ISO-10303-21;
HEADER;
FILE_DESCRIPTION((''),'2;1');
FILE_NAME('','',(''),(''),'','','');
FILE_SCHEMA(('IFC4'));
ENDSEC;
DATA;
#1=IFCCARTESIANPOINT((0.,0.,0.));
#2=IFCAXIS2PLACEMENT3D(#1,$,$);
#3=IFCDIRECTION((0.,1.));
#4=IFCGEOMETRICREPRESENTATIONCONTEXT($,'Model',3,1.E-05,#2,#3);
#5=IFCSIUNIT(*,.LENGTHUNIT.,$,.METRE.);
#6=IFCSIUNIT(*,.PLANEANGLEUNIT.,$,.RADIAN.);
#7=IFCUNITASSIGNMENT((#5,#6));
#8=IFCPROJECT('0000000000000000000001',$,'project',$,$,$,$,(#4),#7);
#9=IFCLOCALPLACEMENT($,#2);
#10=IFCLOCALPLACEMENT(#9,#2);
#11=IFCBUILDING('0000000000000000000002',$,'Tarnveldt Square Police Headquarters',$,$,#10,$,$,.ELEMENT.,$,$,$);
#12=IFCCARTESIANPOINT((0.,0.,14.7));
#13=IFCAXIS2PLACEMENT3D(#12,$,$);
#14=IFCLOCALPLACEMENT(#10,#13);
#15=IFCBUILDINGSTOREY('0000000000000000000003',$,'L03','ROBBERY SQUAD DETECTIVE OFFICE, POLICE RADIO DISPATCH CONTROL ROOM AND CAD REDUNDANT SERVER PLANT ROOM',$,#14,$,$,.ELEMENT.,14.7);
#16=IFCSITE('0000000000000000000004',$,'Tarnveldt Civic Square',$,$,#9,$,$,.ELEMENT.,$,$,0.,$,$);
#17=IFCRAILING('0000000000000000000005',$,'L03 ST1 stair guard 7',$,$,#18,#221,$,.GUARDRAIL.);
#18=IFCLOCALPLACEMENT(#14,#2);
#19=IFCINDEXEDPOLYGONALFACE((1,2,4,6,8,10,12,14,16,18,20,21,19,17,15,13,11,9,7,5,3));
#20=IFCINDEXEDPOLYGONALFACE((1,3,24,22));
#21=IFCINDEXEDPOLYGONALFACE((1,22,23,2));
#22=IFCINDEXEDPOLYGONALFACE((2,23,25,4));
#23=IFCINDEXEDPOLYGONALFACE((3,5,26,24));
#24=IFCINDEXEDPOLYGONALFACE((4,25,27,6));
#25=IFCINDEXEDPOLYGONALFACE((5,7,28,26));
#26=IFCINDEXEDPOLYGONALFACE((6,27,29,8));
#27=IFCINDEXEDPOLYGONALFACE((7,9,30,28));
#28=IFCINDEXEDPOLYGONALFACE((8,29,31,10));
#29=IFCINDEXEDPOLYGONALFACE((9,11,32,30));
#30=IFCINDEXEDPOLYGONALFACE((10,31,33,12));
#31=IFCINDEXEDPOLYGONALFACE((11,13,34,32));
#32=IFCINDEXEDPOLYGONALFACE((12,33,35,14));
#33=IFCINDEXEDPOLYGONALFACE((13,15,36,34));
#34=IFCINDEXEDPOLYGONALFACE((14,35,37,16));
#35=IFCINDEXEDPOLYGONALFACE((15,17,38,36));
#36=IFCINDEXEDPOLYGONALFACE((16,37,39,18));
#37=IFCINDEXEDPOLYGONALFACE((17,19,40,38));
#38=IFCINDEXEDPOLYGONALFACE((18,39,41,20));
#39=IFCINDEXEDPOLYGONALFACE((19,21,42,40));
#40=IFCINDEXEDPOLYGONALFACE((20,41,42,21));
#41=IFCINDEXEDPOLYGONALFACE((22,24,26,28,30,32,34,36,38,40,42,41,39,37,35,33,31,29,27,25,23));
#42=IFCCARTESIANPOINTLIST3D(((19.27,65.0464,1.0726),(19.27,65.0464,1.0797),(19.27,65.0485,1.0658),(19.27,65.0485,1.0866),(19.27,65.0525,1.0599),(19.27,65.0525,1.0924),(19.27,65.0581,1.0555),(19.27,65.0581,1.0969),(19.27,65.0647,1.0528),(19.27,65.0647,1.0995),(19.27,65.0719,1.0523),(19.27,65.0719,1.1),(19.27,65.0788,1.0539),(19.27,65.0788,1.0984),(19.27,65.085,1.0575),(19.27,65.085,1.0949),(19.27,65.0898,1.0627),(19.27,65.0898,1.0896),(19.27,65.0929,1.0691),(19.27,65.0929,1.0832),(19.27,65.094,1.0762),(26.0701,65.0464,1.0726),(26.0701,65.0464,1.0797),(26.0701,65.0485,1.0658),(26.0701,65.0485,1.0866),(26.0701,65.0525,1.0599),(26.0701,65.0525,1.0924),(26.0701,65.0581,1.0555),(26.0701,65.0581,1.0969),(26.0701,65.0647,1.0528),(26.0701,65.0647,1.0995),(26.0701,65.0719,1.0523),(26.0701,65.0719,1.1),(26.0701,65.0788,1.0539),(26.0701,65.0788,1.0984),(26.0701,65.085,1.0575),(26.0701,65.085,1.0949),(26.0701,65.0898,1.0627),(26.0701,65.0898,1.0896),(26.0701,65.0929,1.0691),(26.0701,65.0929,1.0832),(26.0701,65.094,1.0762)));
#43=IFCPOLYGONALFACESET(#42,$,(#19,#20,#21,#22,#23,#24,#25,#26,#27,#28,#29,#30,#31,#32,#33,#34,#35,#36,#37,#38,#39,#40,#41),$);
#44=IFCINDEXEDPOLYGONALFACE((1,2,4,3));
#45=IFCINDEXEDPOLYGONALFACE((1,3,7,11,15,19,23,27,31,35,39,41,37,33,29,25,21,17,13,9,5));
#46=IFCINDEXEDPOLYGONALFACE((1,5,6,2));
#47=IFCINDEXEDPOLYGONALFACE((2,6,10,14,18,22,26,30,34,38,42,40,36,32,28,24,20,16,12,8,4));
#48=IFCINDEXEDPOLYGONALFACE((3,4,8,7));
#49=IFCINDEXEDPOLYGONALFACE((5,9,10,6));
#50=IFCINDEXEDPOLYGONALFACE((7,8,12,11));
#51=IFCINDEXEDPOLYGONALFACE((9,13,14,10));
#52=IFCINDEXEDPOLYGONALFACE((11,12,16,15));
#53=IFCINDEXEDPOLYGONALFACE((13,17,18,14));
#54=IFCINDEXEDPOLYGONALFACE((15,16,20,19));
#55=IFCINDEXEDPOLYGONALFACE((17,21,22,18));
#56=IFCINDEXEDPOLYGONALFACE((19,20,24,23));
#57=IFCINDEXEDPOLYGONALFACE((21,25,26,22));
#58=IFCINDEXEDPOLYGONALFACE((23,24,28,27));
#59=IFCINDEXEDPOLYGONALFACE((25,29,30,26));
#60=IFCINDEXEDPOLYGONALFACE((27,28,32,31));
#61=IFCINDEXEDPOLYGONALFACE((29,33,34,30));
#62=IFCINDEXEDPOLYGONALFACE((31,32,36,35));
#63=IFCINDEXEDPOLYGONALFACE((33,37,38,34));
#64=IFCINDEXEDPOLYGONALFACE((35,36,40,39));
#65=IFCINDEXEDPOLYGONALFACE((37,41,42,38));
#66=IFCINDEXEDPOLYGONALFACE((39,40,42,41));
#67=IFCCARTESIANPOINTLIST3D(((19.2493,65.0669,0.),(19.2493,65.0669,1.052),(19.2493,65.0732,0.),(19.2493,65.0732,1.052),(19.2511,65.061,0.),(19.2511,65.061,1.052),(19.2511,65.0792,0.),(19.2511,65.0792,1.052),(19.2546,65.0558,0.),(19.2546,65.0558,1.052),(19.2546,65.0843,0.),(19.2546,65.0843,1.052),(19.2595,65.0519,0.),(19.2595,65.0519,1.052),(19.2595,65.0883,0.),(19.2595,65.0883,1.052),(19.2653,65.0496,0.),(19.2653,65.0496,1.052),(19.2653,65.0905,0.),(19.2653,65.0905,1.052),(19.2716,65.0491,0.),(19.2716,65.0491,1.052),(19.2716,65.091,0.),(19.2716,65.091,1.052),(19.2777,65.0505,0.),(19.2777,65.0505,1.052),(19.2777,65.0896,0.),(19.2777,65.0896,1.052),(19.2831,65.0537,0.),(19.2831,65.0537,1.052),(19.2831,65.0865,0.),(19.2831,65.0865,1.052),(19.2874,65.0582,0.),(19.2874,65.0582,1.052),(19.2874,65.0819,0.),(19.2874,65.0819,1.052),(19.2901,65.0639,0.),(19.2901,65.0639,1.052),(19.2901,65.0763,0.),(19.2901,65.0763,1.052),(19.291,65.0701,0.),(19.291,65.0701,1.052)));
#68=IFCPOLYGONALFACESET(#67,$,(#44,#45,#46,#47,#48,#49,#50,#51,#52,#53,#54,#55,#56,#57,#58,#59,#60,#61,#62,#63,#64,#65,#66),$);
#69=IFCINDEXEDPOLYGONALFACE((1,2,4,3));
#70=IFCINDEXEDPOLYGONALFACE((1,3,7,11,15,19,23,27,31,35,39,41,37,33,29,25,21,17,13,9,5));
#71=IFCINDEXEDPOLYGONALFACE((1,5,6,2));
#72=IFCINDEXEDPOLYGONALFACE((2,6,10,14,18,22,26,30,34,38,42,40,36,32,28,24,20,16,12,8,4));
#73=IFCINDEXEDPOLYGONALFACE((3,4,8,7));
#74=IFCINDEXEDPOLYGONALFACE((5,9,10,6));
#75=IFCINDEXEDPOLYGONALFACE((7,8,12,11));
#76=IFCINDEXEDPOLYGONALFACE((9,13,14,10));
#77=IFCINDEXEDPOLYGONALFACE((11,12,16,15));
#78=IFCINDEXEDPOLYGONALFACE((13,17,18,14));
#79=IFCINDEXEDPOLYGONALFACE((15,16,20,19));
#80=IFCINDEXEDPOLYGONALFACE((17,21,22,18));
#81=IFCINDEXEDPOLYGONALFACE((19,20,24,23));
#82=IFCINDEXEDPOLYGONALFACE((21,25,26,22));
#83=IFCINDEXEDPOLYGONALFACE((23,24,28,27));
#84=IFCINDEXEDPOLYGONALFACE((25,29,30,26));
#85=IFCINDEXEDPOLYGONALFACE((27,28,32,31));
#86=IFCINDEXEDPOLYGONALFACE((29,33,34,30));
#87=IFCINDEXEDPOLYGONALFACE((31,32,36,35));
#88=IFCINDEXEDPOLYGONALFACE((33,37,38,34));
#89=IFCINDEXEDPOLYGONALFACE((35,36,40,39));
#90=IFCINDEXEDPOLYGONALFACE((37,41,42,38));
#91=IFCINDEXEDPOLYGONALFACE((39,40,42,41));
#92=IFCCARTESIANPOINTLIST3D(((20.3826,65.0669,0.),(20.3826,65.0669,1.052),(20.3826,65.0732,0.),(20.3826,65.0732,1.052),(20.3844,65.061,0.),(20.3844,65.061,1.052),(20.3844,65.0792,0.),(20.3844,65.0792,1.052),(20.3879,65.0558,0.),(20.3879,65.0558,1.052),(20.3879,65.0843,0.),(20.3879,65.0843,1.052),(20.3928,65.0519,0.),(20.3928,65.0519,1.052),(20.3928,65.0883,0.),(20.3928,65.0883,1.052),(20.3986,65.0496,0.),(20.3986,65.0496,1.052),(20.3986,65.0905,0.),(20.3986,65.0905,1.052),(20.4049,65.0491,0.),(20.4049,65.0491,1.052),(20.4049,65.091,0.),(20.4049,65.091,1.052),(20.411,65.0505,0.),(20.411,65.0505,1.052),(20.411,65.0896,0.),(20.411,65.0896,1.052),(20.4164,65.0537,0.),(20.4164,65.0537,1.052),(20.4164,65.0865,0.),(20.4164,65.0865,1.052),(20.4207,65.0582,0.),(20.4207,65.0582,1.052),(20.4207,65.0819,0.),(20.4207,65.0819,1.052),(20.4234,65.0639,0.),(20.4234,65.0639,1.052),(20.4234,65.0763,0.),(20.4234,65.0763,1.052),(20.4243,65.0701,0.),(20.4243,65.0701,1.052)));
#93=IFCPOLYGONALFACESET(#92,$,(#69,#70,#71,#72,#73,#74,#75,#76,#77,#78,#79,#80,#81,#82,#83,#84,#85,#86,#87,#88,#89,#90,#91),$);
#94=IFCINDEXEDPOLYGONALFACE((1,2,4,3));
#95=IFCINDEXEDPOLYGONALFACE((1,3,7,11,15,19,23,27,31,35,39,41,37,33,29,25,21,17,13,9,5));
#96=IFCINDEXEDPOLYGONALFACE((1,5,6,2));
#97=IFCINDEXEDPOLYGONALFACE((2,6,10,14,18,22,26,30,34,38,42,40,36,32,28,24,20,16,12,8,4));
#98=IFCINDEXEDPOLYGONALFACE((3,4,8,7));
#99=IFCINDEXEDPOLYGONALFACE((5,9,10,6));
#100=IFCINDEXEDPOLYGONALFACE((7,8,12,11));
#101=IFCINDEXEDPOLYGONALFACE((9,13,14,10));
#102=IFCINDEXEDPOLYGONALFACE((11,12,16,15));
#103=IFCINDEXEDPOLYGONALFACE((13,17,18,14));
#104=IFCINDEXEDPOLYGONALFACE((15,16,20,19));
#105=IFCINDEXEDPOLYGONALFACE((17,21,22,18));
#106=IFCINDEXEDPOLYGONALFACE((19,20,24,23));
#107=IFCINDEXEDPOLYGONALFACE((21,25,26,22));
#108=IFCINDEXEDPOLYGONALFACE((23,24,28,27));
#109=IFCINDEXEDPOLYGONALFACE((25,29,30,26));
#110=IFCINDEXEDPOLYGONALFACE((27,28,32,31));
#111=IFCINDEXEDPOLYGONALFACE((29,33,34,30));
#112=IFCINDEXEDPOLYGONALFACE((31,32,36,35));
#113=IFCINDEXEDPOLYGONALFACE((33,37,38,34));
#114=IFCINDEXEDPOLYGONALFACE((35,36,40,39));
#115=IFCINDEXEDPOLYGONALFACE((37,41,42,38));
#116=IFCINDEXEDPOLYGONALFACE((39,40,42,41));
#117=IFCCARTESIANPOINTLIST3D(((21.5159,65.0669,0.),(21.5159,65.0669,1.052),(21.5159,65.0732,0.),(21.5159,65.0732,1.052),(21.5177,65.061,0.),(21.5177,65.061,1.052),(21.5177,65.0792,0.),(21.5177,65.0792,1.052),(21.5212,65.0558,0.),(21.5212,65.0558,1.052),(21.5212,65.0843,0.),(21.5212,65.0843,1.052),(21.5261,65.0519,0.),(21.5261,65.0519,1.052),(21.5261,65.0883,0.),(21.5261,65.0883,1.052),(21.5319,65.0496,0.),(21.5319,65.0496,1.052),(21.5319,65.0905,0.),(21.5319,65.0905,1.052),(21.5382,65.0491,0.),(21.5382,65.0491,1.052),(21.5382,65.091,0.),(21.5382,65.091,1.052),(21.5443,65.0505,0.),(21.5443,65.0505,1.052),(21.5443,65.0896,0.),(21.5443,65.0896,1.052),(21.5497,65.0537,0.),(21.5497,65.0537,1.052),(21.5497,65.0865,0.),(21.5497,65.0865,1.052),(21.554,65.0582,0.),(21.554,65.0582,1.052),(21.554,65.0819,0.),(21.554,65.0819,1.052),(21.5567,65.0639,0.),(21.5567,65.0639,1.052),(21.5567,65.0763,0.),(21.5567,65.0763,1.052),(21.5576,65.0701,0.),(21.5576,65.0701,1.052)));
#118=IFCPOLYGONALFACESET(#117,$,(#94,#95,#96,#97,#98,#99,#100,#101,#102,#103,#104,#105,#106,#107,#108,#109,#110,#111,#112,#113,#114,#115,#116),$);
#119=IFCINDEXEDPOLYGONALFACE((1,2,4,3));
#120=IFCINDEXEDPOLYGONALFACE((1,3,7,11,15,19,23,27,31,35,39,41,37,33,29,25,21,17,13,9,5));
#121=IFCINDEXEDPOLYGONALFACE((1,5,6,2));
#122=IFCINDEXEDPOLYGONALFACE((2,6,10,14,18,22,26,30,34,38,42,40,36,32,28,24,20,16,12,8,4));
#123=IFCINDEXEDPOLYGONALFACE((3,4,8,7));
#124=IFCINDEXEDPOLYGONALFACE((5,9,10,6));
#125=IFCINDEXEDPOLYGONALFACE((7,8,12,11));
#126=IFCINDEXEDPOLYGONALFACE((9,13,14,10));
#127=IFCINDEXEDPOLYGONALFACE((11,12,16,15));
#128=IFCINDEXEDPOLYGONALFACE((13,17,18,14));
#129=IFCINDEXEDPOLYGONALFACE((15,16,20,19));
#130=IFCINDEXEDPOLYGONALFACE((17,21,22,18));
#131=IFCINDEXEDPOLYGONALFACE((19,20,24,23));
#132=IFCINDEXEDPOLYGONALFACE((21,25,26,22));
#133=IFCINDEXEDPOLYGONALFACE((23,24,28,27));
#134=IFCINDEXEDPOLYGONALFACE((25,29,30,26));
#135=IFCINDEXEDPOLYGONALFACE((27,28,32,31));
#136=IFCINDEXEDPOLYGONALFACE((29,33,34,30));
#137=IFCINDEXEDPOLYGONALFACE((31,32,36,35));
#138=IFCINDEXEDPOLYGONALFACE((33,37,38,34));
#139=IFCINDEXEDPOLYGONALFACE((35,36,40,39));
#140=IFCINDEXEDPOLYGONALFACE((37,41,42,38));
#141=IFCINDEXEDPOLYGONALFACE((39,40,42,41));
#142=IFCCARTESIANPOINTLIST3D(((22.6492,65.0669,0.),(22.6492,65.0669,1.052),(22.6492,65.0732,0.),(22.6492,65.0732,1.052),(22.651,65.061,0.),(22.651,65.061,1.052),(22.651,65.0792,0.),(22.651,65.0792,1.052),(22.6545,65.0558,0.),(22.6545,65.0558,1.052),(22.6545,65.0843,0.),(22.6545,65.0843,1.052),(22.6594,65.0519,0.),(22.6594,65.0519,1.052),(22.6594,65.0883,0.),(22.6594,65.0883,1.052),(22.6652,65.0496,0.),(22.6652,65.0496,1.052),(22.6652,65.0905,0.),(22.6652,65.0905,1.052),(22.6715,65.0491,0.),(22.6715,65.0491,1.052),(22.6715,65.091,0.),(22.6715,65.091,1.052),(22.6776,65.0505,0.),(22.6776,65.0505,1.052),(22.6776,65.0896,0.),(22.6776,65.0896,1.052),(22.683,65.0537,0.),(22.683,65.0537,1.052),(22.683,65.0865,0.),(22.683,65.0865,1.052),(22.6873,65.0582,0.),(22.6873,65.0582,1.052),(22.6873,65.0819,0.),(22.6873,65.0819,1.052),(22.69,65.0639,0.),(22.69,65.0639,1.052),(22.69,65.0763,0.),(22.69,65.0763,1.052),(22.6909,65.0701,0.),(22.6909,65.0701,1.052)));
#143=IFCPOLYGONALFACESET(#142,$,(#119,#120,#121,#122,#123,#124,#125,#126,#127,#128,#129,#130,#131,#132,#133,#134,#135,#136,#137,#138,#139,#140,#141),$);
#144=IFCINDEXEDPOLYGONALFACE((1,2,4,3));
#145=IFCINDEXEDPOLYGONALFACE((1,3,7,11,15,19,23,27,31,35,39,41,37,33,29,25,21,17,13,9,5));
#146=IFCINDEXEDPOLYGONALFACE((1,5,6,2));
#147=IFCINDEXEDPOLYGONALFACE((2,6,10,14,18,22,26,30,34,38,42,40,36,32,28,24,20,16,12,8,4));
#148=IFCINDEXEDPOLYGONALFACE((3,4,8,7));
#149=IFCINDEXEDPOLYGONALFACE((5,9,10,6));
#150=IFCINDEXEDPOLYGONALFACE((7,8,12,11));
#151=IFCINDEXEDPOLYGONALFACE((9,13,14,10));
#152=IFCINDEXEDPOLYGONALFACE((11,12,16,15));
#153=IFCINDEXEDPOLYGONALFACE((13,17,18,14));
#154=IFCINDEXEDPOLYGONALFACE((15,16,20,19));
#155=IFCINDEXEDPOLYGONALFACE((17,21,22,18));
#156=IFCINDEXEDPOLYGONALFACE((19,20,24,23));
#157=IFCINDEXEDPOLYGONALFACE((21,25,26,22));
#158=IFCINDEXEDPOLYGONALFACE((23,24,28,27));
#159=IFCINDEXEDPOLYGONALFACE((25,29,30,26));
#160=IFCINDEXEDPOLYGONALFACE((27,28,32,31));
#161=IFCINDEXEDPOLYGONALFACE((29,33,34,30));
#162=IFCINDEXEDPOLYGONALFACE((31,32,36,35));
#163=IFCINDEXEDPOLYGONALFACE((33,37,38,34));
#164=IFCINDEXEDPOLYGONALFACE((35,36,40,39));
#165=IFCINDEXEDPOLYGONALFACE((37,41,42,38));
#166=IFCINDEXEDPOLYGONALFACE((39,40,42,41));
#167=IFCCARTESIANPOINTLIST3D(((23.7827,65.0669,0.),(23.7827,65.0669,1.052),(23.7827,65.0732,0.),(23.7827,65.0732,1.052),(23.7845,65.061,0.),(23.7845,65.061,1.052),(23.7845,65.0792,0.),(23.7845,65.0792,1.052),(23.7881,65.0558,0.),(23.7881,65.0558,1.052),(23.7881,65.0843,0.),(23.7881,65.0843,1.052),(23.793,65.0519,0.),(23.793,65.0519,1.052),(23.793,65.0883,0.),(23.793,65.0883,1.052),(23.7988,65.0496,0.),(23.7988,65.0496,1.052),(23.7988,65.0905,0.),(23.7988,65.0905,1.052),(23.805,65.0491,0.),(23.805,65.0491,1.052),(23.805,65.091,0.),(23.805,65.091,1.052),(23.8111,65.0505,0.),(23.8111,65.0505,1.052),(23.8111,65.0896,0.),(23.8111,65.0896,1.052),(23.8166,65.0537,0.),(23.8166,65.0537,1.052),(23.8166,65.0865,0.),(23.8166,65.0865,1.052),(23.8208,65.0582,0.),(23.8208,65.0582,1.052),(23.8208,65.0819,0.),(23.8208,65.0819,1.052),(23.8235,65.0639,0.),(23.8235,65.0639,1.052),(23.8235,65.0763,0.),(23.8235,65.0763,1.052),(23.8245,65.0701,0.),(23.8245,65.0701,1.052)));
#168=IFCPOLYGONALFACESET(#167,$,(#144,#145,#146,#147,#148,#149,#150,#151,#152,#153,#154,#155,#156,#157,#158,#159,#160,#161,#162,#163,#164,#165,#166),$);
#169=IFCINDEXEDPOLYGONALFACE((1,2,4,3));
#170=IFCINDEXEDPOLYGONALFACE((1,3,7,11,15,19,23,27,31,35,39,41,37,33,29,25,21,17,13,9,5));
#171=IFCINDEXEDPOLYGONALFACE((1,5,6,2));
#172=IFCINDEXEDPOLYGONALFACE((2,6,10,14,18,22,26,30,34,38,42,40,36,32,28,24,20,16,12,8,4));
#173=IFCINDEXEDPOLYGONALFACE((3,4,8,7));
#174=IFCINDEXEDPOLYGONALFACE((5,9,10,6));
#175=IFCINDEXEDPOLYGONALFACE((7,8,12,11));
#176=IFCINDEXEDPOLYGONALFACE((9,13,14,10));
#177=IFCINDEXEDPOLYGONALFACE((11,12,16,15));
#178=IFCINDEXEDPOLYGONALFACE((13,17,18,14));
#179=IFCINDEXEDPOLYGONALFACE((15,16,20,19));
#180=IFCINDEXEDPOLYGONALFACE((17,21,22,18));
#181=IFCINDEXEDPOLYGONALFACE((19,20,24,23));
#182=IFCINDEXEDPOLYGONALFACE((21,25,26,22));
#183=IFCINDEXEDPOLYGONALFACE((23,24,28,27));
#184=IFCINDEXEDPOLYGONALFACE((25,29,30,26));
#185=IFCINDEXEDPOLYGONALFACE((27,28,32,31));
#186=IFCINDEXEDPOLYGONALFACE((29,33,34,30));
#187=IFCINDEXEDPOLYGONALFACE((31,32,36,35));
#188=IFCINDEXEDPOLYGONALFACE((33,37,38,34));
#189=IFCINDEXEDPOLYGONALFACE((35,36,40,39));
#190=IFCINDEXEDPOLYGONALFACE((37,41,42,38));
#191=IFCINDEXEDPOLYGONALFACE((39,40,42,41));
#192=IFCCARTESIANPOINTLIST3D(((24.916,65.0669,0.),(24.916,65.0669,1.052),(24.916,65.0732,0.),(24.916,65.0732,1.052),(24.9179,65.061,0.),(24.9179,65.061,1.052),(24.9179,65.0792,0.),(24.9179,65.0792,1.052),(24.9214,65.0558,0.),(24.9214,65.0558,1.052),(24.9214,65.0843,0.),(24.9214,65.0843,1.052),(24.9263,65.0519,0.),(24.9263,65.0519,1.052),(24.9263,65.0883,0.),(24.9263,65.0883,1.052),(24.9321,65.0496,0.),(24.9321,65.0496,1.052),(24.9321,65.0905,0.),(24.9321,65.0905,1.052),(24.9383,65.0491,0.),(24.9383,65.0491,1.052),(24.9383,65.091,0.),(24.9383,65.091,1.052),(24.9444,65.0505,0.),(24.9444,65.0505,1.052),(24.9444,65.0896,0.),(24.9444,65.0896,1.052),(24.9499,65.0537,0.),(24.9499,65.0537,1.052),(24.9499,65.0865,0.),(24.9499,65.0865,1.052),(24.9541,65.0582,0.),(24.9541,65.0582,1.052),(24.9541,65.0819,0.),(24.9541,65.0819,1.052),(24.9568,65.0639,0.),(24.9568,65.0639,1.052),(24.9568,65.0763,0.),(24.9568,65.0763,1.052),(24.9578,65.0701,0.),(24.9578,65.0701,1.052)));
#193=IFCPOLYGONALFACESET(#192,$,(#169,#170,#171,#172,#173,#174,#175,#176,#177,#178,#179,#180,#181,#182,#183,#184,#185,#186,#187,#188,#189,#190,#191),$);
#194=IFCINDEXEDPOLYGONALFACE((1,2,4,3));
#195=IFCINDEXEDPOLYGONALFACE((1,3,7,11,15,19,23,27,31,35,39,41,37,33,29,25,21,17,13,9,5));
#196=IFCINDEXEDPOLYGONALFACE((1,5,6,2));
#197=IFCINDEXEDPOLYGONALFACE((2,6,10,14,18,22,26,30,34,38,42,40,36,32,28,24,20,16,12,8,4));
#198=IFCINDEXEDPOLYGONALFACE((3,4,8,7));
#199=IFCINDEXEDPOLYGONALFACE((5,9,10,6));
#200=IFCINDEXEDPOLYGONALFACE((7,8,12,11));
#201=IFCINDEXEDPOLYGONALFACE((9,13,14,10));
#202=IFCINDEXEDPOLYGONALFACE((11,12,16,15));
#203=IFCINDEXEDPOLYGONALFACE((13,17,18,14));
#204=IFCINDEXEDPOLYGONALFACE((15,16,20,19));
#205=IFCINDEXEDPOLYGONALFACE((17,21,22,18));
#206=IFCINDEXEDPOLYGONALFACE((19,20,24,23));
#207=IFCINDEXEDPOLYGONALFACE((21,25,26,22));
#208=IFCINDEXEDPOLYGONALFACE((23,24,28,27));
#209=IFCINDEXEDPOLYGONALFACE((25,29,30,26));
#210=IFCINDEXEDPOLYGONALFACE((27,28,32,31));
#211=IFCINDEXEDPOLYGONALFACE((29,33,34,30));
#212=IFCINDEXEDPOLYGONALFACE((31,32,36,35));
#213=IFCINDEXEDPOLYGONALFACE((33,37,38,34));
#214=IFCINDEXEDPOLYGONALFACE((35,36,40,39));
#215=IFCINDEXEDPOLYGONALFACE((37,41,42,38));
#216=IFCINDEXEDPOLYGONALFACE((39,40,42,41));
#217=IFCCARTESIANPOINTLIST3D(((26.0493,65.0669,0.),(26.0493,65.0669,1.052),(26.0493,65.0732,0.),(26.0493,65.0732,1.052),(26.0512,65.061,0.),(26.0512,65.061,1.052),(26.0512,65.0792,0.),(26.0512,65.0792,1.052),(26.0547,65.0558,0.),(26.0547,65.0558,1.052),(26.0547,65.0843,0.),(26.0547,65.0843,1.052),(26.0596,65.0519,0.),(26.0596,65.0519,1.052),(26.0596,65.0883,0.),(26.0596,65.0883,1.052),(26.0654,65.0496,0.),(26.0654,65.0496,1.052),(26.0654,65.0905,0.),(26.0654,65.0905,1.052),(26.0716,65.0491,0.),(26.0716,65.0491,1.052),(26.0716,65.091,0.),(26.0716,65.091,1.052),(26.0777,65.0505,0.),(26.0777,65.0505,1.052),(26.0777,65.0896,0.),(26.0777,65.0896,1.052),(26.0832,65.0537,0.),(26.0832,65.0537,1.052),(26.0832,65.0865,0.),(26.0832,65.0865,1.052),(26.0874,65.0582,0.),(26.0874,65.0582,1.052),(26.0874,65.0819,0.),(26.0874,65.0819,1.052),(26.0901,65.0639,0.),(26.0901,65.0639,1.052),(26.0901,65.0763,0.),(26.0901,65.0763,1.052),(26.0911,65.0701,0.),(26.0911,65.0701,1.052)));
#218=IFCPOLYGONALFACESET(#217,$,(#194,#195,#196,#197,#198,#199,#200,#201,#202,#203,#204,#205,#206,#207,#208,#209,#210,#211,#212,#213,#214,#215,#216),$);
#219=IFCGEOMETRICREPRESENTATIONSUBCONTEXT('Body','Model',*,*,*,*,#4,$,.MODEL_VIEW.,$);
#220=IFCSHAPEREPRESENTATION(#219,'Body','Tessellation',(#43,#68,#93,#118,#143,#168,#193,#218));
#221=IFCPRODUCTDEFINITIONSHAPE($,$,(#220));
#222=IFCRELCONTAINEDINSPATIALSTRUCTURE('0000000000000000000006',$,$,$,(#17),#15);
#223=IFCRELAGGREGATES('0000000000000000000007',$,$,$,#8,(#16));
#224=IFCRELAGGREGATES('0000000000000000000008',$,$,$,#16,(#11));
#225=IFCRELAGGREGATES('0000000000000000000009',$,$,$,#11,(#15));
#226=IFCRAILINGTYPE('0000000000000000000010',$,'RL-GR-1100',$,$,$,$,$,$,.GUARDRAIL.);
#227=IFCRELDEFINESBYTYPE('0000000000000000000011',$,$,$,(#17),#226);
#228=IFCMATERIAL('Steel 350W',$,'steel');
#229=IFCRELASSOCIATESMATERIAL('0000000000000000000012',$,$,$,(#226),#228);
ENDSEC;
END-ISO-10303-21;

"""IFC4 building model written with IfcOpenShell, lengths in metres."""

from ifc_helpers import new_model, si_unit, direction, frame, origin, origin_2d, place, context, subcontext, project, spatial, circle, extrude, material, type_object, element, save


model = new_model("IFC4")

# Units and contexts
model_context = context("Model", 3, precision=1e-05, world=origin(), true_north=direction((0.0, 1.0)))
body_context = subcontext(model_context, "Body", "Model", "MODEL_VIEW")
ifc_project = project(units=[si_unit("LENGTHUNIT", "METRE"), si_unit("PLANEANGLEUNIT", "RADIAN")], contexts=[model_context])

# Site, building, storey
site_placement = place(None, origin())
site = spatial("IfcSite", under=ifc_project, at=site_placement, Name="Tarnveldt Civic Square", CompositionType="ELEMENT", RefElevation=0.0)
building_placement = place(site_placement, origin())
building = spatial("IfcBuilding", under=site, at=building_placement, Name="Tarnveldt Square Police Headquarters", CompositionType="ELEMENT")
storey_placement = place(building_placement, frame((0.0, 0.0, 14.7)))
storey = spatial("IfcBuildingStorey", under=building, at=storey_placement, Name="L03", Description="ROBBERY SQUAD DETECTIVE OFFICE, POLICE RADIO DISPATCH CONTROL ROOM AND CAD REDUNDANT SERVER PLANT ROOM", CompositionType="ELEMENT", Elevation=14.7)

# Shared definitions
ifc_material_1 = material(Name="Steel 350W", Category="steel")

# Railing
railing_type_1 = type_object("IfcRailingType", Name="RL-GR-1100", PredefinedType="GUARDRAIL", material=ifc_material_1)
railing_1_placement = place(storey_placement, frame((19.27, 65.0701, 0.0)))
element("IfcRailing", 1, at=railing_1_placement, inside=storey, type_object=railing_type_1, Name="L03 ST1 stair guard 7", PredefinedType="GUARDRAIL", context=body_context, shape_type="SweptSolid", body=[
    extrude(circle(Radius=0.0239, at=origin_2d()), frame((0.0, 0.0, 1.0762), z_axis=(1.0, 0.0, 0.0), x_axis=(0.0, 1.0, 0.0)), (0.0, 0.0, 1.0), 6.8),
    extrude(circle(Radius=0.021, at=origin_2d()), origin(), (0.0, 0.0, 1.0), 1.052),
    extrude(circle(Radius=0.021, at=origin_2d()), frame((1.1333, 0.0, 0.0)), (0.0, 0.0, 1.0), 1.052),
    extrude(circle(Radius=0.021, at=origin_2d()), frame((2.2666, 0.0, 0.0)), (0.0, 0.0, 1.0), 1.052),
    extrude(circle(Radius=0.021, at=origin_2d()), frame((3.3999, 0.0, 0.0)), (0.0, 0.0, 1.0), 1.052),
    extrude(circle(Radius=0.021, at=origin_2d()), frame((4.5334, 0.0, 0.0)), (0.0, 0.0, 1.0), 1.052),
    extrude(circle(Radius=0.021, at=origin_2d()), frame((5.6667, 0.0, 0.0)), (0.0, 0.0, 1.0), 1.052),
    extrude(circle(Radius=0.021, at=origin_2d()), frame((6.8, 0.0, 0.0)), (0.0, 0.0, 1.0), 1.052),
])

save(model, "model.ifc")
